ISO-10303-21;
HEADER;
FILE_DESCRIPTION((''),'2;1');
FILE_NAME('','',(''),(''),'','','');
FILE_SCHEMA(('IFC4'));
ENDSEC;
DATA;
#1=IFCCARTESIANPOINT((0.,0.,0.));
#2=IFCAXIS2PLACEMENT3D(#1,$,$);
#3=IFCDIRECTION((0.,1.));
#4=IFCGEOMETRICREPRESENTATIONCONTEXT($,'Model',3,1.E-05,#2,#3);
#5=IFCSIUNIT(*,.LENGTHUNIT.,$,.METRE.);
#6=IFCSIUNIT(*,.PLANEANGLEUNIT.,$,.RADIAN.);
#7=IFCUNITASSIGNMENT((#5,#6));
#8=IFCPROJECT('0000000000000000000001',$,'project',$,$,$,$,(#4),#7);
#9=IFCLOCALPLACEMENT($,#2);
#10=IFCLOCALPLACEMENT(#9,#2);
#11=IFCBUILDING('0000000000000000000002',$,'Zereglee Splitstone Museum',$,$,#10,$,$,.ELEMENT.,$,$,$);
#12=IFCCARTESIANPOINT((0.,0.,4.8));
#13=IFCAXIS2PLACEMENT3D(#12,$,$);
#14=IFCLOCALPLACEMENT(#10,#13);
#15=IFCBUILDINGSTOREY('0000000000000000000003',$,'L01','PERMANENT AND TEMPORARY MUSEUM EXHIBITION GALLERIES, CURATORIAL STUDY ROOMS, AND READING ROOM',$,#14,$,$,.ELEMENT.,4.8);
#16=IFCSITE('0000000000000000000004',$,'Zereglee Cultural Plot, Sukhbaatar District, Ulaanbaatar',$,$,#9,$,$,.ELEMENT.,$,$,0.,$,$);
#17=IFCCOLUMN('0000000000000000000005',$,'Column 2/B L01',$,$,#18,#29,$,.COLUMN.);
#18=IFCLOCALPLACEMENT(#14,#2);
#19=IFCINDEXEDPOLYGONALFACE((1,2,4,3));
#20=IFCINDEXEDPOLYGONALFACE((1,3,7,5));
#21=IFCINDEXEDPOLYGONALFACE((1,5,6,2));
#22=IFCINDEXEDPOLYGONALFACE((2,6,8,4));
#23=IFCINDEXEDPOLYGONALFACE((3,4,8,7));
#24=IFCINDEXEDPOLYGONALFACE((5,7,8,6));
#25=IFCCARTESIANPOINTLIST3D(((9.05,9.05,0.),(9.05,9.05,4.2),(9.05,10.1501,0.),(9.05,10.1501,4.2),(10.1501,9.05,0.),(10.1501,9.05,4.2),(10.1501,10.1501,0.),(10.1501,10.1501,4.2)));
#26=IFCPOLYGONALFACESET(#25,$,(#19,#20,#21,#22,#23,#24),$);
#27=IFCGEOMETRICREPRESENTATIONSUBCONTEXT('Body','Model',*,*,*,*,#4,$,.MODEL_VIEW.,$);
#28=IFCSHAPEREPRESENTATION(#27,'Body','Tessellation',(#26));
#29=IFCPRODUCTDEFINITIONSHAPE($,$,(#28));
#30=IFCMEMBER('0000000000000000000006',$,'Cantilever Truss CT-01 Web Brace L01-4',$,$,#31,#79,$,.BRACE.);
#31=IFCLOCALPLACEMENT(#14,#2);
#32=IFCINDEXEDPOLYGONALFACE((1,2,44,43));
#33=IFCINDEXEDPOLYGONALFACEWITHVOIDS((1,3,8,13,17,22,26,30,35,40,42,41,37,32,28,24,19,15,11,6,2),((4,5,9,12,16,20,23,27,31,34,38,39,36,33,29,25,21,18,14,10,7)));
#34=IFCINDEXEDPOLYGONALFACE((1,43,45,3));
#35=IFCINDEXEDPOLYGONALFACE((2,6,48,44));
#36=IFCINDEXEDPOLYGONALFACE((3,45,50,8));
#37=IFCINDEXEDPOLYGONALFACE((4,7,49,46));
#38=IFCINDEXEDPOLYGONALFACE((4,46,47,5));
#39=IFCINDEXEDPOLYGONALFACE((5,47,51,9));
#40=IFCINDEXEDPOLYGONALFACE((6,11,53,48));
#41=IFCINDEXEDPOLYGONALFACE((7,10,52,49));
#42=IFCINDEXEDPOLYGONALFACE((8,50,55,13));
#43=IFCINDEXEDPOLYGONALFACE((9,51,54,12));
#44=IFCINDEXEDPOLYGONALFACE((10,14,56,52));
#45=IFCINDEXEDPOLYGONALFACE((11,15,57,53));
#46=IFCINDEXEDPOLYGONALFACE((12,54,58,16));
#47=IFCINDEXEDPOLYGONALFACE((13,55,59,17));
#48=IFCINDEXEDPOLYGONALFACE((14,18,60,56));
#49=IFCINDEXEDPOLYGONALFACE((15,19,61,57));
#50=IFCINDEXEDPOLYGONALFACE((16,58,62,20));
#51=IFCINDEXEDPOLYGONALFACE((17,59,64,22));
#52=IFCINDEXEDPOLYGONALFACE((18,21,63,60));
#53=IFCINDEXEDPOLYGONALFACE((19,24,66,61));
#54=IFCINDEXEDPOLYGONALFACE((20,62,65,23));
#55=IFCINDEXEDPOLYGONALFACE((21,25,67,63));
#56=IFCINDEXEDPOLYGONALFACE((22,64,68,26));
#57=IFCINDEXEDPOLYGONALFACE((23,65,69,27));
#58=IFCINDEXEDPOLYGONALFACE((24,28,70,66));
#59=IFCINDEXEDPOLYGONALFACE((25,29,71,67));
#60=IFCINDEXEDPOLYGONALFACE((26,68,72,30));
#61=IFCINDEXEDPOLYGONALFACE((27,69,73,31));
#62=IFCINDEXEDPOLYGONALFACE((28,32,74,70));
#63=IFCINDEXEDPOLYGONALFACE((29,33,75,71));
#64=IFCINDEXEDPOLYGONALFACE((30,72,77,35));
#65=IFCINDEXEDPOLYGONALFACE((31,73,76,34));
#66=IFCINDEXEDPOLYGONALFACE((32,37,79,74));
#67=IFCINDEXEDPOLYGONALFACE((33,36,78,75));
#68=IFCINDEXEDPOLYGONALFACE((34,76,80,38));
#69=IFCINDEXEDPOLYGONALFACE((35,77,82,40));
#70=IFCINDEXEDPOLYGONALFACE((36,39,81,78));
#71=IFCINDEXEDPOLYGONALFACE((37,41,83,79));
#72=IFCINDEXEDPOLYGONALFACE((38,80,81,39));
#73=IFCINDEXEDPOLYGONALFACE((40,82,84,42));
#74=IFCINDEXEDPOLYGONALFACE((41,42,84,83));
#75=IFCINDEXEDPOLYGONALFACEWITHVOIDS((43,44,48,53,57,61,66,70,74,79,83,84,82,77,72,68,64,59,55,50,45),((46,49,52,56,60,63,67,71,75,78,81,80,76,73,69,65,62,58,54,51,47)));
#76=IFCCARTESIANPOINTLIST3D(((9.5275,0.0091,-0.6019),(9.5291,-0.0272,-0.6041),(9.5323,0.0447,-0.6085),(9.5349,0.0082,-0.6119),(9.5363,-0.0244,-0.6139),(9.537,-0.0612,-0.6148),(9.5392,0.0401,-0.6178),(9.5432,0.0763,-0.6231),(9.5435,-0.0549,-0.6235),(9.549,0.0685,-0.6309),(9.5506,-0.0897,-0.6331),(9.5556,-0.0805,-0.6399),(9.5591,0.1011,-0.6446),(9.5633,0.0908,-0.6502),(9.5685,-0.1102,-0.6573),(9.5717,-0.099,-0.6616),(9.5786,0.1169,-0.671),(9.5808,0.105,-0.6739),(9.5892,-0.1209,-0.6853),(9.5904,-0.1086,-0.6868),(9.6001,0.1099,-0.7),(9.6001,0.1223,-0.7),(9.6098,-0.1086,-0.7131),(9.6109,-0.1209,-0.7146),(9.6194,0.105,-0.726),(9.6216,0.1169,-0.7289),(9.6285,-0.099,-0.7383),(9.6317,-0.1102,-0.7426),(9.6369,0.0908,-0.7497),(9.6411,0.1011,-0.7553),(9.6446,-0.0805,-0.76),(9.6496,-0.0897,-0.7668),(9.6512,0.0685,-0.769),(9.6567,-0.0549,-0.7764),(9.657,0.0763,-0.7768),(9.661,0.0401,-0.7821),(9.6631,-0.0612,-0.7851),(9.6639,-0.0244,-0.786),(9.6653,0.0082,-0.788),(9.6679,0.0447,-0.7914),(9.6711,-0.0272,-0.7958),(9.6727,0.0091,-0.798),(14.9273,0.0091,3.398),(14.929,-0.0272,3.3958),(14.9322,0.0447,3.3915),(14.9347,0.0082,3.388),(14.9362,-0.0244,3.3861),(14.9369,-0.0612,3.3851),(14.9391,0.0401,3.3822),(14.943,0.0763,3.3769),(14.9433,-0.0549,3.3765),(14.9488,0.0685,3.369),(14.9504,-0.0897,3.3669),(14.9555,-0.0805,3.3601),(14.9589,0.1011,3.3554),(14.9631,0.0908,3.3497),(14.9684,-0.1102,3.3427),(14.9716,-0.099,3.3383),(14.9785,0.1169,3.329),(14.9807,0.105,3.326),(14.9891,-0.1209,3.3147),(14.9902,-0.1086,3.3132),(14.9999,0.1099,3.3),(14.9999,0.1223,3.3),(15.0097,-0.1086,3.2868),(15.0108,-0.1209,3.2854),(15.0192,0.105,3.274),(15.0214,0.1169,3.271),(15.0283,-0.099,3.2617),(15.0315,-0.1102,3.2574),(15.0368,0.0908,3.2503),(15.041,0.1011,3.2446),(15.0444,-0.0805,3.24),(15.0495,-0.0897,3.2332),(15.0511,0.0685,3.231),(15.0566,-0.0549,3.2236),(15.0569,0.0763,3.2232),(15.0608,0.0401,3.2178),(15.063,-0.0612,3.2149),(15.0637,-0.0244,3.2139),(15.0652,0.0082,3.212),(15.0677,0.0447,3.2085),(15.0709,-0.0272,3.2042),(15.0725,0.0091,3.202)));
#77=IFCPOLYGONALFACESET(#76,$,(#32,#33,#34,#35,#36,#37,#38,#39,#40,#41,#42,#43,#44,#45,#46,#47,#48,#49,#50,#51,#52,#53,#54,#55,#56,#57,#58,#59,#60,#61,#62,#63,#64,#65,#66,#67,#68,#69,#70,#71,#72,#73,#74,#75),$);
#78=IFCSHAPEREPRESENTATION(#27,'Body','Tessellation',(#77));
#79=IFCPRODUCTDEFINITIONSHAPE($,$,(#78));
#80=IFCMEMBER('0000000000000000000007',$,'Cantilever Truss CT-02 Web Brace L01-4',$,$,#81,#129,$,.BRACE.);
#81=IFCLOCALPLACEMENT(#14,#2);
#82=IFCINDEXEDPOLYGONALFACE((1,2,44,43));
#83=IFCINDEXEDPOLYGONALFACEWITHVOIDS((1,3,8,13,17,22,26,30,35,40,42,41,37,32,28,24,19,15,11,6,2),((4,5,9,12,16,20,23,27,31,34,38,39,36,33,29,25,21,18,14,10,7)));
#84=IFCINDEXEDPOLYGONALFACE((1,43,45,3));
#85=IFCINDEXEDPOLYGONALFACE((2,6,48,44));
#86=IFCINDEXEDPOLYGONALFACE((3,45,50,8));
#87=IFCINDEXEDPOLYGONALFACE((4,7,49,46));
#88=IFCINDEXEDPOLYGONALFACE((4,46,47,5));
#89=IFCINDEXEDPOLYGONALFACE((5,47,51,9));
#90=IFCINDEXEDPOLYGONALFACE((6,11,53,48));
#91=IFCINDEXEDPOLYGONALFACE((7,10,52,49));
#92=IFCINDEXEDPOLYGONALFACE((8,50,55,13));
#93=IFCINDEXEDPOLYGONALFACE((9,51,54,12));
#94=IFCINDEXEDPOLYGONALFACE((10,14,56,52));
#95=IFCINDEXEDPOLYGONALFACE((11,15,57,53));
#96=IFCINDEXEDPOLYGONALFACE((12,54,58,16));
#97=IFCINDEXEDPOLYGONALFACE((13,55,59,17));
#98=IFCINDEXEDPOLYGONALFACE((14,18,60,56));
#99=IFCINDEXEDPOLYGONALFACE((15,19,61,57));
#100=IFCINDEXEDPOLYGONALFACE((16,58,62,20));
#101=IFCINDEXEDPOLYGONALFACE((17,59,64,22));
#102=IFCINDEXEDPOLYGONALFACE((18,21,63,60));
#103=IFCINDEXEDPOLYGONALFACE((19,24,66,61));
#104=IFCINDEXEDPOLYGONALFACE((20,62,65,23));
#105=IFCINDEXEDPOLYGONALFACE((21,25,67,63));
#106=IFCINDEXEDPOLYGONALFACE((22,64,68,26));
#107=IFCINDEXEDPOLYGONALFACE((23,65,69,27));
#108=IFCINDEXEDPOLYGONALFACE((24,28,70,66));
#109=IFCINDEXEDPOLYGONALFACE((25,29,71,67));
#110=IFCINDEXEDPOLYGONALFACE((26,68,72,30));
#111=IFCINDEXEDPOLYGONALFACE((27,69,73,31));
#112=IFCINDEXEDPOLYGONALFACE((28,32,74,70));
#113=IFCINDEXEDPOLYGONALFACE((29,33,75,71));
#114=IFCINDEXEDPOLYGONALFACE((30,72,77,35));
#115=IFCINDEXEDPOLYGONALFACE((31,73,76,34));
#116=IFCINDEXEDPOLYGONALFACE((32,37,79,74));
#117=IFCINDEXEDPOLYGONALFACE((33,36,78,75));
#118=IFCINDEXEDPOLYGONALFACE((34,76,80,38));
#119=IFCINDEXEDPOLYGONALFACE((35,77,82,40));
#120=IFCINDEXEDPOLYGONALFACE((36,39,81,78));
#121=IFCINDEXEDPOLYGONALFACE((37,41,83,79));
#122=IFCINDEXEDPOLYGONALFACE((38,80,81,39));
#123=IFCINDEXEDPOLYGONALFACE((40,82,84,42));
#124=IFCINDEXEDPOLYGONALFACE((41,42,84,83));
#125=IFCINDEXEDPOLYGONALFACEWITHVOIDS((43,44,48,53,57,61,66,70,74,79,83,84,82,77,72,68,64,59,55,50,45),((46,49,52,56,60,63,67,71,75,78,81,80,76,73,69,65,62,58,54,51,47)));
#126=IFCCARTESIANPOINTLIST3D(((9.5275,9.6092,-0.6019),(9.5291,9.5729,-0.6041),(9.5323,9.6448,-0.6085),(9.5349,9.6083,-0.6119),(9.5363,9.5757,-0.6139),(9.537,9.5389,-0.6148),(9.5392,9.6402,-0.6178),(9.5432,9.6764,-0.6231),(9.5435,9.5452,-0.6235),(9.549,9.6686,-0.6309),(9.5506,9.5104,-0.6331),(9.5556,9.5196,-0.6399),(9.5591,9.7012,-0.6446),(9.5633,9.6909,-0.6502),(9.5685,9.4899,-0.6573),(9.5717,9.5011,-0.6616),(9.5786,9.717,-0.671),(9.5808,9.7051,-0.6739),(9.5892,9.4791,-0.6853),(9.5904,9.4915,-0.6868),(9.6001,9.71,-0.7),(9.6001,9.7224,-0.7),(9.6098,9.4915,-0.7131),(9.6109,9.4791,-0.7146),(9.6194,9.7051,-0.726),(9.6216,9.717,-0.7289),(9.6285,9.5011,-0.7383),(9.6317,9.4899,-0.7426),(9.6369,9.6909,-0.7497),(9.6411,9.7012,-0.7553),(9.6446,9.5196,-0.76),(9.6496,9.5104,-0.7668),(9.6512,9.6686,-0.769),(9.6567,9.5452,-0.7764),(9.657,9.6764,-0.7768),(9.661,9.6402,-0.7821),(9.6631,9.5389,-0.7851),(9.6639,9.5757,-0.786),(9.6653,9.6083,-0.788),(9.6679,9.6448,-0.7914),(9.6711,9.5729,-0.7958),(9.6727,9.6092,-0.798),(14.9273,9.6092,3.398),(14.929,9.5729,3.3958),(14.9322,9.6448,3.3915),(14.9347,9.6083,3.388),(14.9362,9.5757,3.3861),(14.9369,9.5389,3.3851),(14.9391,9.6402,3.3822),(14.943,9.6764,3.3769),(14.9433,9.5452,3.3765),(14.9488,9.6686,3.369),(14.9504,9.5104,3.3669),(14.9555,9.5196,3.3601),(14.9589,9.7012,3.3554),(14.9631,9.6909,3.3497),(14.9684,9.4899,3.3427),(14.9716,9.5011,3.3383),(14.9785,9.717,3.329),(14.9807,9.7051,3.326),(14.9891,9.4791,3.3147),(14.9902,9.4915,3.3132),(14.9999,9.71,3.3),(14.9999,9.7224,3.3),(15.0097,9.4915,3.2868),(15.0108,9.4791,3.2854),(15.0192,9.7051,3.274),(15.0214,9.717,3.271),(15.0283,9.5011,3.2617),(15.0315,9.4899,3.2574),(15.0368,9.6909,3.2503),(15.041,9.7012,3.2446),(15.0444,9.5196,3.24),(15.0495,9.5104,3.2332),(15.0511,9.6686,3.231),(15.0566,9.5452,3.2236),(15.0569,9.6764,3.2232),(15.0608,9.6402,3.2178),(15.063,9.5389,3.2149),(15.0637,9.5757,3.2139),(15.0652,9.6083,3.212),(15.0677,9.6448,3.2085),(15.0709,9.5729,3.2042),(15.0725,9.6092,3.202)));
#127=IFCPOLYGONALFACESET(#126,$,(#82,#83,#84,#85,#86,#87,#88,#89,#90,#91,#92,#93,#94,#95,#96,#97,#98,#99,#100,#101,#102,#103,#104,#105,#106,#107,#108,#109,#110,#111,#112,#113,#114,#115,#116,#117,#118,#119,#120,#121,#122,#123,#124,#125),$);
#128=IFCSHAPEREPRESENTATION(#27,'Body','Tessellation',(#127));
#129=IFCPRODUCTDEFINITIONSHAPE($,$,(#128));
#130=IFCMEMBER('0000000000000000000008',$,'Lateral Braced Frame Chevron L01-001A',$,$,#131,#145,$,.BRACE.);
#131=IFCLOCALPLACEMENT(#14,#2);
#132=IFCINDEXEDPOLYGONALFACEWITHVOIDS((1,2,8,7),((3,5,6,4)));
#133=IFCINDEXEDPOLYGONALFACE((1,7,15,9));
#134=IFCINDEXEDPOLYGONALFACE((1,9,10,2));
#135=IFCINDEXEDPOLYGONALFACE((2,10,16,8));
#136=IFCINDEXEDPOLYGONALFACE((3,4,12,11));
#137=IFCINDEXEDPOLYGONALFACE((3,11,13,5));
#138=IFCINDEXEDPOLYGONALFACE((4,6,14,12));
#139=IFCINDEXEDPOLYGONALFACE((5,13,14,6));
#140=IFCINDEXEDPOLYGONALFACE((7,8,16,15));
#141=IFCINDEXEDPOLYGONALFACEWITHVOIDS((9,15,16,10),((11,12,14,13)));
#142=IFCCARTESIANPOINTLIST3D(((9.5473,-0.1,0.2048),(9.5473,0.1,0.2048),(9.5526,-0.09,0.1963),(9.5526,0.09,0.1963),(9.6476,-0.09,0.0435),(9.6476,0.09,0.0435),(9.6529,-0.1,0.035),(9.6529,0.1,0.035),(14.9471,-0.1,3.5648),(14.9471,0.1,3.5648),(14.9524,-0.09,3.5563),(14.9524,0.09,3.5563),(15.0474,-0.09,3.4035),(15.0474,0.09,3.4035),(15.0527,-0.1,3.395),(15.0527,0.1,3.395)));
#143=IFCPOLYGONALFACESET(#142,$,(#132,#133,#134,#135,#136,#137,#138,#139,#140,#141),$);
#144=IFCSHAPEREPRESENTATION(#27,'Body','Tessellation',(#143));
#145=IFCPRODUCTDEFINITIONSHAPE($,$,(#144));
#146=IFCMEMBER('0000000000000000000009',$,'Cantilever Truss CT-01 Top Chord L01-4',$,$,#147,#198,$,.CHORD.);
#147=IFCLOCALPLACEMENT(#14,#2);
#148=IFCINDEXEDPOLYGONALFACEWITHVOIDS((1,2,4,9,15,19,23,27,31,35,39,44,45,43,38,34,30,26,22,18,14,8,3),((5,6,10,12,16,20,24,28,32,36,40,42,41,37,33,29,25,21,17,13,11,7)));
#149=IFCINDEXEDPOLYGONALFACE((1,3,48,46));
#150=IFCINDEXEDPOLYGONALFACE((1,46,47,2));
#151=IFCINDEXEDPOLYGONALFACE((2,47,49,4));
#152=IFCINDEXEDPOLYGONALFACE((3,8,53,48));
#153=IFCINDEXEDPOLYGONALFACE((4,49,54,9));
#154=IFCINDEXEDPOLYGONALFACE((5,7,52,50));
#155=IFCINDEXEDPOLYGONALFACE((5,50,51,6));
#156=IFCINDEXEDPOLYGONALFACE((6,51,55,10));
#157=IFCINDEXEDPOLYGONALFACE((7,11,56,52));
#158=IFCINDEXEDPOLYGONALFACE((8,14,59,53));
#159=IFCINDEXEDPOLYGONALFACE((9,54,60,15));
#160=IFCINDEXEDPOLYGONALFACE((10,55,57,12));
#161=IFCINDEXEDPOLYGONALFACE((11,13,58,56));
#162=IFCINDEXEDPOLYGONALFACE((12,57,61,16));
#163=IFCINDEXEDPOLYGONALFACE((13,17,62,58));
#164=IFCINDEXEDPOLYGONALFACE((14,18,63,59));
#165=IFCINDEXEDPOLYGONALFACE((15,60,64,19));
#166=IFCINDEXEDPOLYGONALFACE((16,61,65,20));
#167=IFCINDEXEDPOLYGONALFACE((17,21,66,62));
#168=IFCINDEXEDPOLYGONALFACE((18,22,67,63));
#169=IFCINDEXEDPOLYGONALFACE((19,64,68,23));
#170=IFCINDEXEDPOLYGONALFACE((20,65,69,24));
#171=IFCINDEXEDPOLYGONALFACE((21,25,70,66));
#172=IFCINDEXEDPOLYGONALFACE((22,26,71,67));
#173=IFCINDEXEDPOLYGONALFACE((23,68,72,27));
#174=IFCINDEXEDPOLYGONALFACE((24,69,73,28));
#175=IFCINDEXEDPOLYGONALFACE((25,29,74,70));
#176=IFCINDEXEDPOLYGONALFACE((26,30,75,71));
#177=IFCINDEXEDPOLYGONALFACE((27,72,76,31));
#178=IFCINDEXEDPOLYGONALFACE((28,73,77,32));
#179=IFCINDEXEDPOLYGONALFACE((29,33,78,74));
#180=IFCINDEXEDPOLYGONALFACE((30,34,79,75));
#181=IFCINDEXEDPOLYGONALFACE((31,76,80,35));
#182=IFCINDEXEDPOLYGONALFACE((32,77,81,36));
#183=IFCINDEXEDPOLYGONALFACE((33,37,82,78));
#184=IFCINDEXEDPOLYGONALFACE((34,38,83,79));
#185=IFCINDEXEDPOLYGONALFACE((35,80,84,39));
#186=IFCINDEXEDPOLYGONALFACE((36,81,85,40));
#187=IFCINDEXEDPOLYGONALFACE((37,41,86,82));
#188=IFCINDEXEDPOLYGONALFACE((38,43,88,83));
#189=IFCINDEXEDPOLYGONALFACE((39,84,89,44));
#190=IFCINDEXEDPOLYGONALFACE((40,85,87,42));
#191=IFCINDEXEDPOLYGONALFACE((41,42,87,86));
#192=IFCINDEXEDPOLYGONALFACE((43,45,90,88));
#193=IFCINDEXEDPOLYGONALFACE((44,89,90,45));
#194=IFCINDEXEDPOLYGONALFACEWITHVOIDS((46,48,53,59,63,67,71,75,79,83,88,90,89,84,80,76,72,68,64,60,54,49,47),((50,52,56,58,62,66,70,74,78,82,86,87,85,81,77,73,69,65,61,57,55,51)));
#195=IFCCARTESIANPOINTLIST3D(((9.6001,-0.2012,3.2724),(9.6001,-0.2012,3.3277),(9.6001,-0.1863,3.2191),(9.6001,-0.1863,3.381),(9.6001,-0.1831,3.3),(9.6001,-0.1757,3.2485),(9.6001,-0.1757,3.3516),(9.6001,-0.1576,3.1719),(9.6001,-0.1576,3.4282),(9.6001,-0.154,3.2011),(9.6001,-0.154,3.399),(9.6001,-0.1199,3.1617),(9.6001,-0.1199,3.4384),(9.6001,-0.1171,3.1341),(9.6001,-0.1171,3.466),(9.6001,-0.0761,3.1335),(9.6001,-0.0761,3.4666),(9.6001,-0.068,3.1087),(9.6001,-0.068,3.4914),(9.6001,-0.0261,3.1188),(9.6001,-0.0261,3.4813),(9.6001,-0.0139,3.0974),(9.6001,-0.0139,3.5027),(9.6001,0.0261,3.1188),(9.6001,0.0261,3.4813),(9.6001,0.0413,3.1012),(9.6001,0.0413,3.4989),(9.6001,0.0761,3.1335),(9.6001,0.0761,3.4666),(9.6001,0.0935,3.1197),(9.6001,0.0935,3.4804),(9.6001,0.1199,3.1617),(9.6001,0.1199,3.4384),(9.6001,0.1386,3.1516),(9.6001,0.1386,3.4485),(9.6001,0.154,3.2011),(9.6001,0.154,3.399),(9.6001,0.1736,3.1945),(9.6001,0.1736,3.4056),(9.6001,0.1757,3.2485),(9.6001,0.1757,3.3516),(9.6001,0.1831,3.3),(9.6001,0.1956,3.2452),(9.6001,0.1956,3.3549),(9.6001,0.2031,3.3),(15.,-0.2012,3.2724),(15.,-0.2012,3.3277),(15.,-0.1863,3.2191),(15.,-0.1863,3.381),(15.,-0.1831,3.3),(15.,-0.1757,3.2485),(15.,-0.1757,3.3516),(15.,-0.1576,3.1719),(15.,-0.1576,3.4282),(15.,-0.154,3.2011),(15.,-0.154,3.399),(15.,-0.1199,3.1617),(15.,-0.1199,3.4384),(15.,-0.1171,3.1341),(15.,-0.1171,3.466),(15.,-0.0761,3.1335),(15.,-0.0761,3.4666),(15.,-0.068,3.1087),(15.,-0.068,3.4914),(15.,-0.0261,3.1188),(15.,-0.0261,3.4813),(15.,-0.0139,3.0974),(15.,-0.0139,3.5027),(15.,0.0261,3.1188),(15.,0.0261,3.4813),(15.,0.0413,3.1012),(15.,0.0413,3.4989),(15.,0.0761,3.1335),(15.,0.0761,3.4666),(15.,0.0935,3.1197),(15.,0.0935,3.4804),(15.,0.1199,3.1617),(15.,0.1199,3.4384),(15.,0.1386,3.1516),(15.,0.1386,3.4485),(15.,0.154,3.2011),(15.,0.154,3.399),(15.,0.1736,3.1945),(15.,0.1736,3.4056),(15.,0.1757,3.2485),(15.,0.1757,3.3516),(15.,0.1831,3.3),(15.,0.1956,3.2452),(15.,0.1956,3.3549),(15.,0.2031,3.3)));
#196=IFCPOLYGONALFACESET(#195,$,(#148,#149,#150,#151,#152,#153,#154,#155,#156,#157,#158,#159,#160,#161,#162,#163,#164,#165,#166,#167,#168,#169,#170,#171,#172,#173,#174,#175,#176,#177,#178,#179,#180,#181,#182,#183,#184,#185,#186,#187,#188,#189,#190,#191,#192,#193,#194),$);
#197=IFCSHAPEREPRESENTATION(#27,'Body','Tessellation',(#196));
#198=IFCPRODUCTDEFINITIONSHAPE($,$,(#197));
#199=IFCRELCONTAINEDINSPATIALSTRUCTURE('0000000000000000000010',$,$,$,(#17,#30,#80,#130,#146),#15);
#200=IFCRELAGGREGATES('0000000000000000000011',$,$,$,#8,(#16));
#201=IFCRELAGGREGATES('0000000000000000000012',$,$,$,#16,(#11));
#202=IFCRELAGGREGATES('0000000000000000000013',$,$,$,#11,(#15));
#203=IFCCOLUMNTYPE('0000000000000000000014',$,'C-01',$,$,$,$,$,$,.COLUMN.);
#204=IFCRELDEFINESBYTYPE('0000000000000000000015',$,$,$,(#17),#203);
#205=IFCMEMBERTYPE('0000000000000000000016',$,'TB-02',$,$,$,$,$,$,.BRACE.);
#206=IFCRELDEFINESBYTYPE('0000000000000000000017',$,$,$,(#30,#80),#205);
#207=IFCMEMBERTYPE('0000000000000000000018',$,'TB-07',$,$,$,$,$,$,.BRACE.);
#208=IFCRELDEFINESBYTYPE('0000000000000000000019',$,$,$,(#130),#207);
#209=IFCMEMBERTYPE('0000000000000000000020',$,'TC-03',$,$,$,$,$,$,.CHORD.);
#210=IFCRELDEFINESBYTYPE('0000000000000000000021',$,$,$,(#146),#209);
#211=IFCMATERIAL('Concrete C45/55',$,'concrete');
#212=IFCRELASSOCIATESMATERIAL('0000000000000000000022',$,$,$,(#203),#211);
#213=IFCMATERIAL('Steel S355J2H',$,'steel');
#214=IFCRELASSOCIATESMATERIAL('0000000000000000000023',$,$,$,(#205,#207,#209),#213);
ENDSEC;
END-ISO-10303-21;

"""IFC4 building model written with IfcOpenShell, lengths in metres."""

from ifc_helpers import new_model, si_unit, direction, frame, origin, origin_2d, place, context, subcontext, project, spatial, rectangle, hollow_rectangle, hollow_circle, extrude, material, material_profile, profile_set, type_object, element, save


model = new_model("IFC4")

# Units and contexts
model_context = context("Model", 3, precision=1e-05, world=origin(), true_north=direction((0.0, 1.0)))
body_context = subcontext(model_context, "Body", "Model", "MODEL_VIEW")
ifc_project = project(units=[si_unit("LENGTHUNIT", "METRE"), si_unit("PLANEANGLEUNIT", "RADIAN")], contexts=[model_context])

# Site, building, storey
site_placement = place(None, origin())
site = spatial("IfcSite", under=ifc_project, at=site_placement, Name="Zereglee Cultural Plot, Sukhbaatar District, Ulaanbaatar", CompositionType="ELEMENT", RefElevation=0.0)
building_placement = place(site_placement, origin())
building = spatial("IfcBuilding", under=site, at=building_placement, Name="Zereglee Splitstone Museum", CompositionType="ELEMENT")
storey_placement = place(building_placement, frame((0.0, 0.0, 4.8)))
storey = spatial("IfcBuildingStorey", under=building, at=storey_placement, Name="L01", Description="PERMANENT AND TEMPORARY MUSEUM EXHIBITION GALLERIES, CURATORIAL STUDY ROOMS, AND READING ROOM", CompositionType="ELEMENT", Elevation=4.8)

# Column
ifc_material_1 = material(Name="Concrete C45/55", Category="concrete")
ifc_material_profile_1 = material_profile(ifc_material_1, rectangle(XDim=1.1001, YDim=1.1001, at=origin_2d()), Name="RC 1100x1100")
ifc_profile_set_1 = profile_set([ifc_material_profile_1], Name="Concrete C45/55")
column_type = type_object("IfcColumnType", Name="C-01", PredefinedType="COLUMN", material=ifc_profile_set_1)
column_placement = place(storey_placement, frame((9.6001, 9.6001, 0.0), z_axis=(0.0, 0.0, 1.0), x_axis=(1.0, 0.0, 0.0)))
element("IfcColumn", 1, at=column_placement, inside=storey, type_object=column_type, Name="Column 2/B L01", PredefinedType="COLUMN", context=body_context, shape_type="SweptSolid", body=[
    extrude(rectangle(XDim=1.1001, YDim=1.1001, at=origin_2d()), origin(), (0.0, 0.0, 1.0), 4.2),
])

# Members
ifc_material_2 = material(Name="Steel S355J2H", Category="steel")
ifc_material_profile_2 = material_profile(ifc_material_2, hollow_circle(Radius=0.1223, WallThickness=0.0125, at=origin_2d()), Name="CHS 244.5x12.5")
ifc_profile_set_2 = profile_set([ifc_material_profile_2], Name="Steel S355J2H")
member_type_1 = type_object("IfcMemberType", Name="TB-02", PredefinedType="BRACE", material=ifc_profile_set_2)
for number, where, z_axis, x_axis, name in (
    (2, (9.6001, 0.0, -0.7), (0.803552, 0.0, 0.595235), (0.0, 1.0, 0.0), "Cantilever Truss CT-01 Web Brace L01-4"),
    (3, (9.6001, 9.6001, -0.7), (0.803552, 0.0, 0.595235), (0.0, 1.0, 0.0), "Cantilever Truss CT-02 Web Brace L01-4"),
):
    element("IfcMember", number, at=place(storey_placement, frame(where, z_axis=z_axis, x_axis=x_axis)), inside=storey, type_object=member_type_1, Name=name, PredefinedType="BRACE", context=body_context, shape_type="SweptSolid", body=[
        extrude(hollow_circle(Radius=0.1223, WallThickness=0.0125, at=origin_2d()), origin(), (0.0, 0.0, 1.0), 6.72),
    ])
ifc_material_profile_3 = material_profile(ifc_material_2, hollow_rectangle(XDim=0.2, YDim=0.2, WallThickness=0.01, at=origin_2d()), Name="SHS 200x200x10")
ifc_profile_set_3 = profile_set([ifc_material_profile_3], Name="Steel S355J2H")
member_type_2 = type_object("IfcMemberType", Name="TB-07", PredefinedType="BRACE", material=ifc_profile_set_3)
member_1_placement = place(storey_placement, frame((9.6001, 0.0, 0.1199), z_axis=(0.849045, 0.0, 0.528321), x_axis=(0.0, 1.0, 0.0)))
element("IfcMember", 4, at=member_1_placement, inside=storey, type_object=member_type_2, Name="Lateral Braced Frame Chevron L01-001A", PredefinedType="BRACE", context=body_context, shape_type="SweptSolid", body=[
    extrude(hollow_rectangle(XDim=0.2, YDim=0.2, WallThickness=0.01, at=origin_2d()), origin(), (0.0, 0.0, 1.0), 6.3599),
])
ifc_material_profile_4 = material_profile(ifc_material_2, hollow_circle(Radius=0.2031, WallThickness=0.02, at=origin_2d()), Name="CHS 406.4x20")
ifc_profile_set_4 = profile_set([ifc_material_profile_4], Name="Steel S355J2H")
member_type_3 = type_object("IfcMemberType", Name="TC-03", PredefinedType="CHORD", material=ifc_profile_set_4)
for number, where, z_axis, x_axis, name in (
    (5, (9.6001, 0.0, 3.3), (1.0, 0.0, 0.0), (0.0, 1.0, 0.0), "Cantilever Truss CT-01 Top Chord L01-4"),
):
    element("IfcMember", number, at=place(storey_placement, frame(where, z_axis=z_axis, x_axis=x_axis)), inside=storey, type_object=member_type_3, Name=name, PredefinedType="CHORD", context=body_context, shape_type="SweptSolid", body=[
        extrude(hollow_circle(Radius=0.2031, WallThickness=0.02, at=origin_2d()), origin(), (0.0, 0.0, 1.0), 5.3999),
    ])

save(model, "model.ifc")
